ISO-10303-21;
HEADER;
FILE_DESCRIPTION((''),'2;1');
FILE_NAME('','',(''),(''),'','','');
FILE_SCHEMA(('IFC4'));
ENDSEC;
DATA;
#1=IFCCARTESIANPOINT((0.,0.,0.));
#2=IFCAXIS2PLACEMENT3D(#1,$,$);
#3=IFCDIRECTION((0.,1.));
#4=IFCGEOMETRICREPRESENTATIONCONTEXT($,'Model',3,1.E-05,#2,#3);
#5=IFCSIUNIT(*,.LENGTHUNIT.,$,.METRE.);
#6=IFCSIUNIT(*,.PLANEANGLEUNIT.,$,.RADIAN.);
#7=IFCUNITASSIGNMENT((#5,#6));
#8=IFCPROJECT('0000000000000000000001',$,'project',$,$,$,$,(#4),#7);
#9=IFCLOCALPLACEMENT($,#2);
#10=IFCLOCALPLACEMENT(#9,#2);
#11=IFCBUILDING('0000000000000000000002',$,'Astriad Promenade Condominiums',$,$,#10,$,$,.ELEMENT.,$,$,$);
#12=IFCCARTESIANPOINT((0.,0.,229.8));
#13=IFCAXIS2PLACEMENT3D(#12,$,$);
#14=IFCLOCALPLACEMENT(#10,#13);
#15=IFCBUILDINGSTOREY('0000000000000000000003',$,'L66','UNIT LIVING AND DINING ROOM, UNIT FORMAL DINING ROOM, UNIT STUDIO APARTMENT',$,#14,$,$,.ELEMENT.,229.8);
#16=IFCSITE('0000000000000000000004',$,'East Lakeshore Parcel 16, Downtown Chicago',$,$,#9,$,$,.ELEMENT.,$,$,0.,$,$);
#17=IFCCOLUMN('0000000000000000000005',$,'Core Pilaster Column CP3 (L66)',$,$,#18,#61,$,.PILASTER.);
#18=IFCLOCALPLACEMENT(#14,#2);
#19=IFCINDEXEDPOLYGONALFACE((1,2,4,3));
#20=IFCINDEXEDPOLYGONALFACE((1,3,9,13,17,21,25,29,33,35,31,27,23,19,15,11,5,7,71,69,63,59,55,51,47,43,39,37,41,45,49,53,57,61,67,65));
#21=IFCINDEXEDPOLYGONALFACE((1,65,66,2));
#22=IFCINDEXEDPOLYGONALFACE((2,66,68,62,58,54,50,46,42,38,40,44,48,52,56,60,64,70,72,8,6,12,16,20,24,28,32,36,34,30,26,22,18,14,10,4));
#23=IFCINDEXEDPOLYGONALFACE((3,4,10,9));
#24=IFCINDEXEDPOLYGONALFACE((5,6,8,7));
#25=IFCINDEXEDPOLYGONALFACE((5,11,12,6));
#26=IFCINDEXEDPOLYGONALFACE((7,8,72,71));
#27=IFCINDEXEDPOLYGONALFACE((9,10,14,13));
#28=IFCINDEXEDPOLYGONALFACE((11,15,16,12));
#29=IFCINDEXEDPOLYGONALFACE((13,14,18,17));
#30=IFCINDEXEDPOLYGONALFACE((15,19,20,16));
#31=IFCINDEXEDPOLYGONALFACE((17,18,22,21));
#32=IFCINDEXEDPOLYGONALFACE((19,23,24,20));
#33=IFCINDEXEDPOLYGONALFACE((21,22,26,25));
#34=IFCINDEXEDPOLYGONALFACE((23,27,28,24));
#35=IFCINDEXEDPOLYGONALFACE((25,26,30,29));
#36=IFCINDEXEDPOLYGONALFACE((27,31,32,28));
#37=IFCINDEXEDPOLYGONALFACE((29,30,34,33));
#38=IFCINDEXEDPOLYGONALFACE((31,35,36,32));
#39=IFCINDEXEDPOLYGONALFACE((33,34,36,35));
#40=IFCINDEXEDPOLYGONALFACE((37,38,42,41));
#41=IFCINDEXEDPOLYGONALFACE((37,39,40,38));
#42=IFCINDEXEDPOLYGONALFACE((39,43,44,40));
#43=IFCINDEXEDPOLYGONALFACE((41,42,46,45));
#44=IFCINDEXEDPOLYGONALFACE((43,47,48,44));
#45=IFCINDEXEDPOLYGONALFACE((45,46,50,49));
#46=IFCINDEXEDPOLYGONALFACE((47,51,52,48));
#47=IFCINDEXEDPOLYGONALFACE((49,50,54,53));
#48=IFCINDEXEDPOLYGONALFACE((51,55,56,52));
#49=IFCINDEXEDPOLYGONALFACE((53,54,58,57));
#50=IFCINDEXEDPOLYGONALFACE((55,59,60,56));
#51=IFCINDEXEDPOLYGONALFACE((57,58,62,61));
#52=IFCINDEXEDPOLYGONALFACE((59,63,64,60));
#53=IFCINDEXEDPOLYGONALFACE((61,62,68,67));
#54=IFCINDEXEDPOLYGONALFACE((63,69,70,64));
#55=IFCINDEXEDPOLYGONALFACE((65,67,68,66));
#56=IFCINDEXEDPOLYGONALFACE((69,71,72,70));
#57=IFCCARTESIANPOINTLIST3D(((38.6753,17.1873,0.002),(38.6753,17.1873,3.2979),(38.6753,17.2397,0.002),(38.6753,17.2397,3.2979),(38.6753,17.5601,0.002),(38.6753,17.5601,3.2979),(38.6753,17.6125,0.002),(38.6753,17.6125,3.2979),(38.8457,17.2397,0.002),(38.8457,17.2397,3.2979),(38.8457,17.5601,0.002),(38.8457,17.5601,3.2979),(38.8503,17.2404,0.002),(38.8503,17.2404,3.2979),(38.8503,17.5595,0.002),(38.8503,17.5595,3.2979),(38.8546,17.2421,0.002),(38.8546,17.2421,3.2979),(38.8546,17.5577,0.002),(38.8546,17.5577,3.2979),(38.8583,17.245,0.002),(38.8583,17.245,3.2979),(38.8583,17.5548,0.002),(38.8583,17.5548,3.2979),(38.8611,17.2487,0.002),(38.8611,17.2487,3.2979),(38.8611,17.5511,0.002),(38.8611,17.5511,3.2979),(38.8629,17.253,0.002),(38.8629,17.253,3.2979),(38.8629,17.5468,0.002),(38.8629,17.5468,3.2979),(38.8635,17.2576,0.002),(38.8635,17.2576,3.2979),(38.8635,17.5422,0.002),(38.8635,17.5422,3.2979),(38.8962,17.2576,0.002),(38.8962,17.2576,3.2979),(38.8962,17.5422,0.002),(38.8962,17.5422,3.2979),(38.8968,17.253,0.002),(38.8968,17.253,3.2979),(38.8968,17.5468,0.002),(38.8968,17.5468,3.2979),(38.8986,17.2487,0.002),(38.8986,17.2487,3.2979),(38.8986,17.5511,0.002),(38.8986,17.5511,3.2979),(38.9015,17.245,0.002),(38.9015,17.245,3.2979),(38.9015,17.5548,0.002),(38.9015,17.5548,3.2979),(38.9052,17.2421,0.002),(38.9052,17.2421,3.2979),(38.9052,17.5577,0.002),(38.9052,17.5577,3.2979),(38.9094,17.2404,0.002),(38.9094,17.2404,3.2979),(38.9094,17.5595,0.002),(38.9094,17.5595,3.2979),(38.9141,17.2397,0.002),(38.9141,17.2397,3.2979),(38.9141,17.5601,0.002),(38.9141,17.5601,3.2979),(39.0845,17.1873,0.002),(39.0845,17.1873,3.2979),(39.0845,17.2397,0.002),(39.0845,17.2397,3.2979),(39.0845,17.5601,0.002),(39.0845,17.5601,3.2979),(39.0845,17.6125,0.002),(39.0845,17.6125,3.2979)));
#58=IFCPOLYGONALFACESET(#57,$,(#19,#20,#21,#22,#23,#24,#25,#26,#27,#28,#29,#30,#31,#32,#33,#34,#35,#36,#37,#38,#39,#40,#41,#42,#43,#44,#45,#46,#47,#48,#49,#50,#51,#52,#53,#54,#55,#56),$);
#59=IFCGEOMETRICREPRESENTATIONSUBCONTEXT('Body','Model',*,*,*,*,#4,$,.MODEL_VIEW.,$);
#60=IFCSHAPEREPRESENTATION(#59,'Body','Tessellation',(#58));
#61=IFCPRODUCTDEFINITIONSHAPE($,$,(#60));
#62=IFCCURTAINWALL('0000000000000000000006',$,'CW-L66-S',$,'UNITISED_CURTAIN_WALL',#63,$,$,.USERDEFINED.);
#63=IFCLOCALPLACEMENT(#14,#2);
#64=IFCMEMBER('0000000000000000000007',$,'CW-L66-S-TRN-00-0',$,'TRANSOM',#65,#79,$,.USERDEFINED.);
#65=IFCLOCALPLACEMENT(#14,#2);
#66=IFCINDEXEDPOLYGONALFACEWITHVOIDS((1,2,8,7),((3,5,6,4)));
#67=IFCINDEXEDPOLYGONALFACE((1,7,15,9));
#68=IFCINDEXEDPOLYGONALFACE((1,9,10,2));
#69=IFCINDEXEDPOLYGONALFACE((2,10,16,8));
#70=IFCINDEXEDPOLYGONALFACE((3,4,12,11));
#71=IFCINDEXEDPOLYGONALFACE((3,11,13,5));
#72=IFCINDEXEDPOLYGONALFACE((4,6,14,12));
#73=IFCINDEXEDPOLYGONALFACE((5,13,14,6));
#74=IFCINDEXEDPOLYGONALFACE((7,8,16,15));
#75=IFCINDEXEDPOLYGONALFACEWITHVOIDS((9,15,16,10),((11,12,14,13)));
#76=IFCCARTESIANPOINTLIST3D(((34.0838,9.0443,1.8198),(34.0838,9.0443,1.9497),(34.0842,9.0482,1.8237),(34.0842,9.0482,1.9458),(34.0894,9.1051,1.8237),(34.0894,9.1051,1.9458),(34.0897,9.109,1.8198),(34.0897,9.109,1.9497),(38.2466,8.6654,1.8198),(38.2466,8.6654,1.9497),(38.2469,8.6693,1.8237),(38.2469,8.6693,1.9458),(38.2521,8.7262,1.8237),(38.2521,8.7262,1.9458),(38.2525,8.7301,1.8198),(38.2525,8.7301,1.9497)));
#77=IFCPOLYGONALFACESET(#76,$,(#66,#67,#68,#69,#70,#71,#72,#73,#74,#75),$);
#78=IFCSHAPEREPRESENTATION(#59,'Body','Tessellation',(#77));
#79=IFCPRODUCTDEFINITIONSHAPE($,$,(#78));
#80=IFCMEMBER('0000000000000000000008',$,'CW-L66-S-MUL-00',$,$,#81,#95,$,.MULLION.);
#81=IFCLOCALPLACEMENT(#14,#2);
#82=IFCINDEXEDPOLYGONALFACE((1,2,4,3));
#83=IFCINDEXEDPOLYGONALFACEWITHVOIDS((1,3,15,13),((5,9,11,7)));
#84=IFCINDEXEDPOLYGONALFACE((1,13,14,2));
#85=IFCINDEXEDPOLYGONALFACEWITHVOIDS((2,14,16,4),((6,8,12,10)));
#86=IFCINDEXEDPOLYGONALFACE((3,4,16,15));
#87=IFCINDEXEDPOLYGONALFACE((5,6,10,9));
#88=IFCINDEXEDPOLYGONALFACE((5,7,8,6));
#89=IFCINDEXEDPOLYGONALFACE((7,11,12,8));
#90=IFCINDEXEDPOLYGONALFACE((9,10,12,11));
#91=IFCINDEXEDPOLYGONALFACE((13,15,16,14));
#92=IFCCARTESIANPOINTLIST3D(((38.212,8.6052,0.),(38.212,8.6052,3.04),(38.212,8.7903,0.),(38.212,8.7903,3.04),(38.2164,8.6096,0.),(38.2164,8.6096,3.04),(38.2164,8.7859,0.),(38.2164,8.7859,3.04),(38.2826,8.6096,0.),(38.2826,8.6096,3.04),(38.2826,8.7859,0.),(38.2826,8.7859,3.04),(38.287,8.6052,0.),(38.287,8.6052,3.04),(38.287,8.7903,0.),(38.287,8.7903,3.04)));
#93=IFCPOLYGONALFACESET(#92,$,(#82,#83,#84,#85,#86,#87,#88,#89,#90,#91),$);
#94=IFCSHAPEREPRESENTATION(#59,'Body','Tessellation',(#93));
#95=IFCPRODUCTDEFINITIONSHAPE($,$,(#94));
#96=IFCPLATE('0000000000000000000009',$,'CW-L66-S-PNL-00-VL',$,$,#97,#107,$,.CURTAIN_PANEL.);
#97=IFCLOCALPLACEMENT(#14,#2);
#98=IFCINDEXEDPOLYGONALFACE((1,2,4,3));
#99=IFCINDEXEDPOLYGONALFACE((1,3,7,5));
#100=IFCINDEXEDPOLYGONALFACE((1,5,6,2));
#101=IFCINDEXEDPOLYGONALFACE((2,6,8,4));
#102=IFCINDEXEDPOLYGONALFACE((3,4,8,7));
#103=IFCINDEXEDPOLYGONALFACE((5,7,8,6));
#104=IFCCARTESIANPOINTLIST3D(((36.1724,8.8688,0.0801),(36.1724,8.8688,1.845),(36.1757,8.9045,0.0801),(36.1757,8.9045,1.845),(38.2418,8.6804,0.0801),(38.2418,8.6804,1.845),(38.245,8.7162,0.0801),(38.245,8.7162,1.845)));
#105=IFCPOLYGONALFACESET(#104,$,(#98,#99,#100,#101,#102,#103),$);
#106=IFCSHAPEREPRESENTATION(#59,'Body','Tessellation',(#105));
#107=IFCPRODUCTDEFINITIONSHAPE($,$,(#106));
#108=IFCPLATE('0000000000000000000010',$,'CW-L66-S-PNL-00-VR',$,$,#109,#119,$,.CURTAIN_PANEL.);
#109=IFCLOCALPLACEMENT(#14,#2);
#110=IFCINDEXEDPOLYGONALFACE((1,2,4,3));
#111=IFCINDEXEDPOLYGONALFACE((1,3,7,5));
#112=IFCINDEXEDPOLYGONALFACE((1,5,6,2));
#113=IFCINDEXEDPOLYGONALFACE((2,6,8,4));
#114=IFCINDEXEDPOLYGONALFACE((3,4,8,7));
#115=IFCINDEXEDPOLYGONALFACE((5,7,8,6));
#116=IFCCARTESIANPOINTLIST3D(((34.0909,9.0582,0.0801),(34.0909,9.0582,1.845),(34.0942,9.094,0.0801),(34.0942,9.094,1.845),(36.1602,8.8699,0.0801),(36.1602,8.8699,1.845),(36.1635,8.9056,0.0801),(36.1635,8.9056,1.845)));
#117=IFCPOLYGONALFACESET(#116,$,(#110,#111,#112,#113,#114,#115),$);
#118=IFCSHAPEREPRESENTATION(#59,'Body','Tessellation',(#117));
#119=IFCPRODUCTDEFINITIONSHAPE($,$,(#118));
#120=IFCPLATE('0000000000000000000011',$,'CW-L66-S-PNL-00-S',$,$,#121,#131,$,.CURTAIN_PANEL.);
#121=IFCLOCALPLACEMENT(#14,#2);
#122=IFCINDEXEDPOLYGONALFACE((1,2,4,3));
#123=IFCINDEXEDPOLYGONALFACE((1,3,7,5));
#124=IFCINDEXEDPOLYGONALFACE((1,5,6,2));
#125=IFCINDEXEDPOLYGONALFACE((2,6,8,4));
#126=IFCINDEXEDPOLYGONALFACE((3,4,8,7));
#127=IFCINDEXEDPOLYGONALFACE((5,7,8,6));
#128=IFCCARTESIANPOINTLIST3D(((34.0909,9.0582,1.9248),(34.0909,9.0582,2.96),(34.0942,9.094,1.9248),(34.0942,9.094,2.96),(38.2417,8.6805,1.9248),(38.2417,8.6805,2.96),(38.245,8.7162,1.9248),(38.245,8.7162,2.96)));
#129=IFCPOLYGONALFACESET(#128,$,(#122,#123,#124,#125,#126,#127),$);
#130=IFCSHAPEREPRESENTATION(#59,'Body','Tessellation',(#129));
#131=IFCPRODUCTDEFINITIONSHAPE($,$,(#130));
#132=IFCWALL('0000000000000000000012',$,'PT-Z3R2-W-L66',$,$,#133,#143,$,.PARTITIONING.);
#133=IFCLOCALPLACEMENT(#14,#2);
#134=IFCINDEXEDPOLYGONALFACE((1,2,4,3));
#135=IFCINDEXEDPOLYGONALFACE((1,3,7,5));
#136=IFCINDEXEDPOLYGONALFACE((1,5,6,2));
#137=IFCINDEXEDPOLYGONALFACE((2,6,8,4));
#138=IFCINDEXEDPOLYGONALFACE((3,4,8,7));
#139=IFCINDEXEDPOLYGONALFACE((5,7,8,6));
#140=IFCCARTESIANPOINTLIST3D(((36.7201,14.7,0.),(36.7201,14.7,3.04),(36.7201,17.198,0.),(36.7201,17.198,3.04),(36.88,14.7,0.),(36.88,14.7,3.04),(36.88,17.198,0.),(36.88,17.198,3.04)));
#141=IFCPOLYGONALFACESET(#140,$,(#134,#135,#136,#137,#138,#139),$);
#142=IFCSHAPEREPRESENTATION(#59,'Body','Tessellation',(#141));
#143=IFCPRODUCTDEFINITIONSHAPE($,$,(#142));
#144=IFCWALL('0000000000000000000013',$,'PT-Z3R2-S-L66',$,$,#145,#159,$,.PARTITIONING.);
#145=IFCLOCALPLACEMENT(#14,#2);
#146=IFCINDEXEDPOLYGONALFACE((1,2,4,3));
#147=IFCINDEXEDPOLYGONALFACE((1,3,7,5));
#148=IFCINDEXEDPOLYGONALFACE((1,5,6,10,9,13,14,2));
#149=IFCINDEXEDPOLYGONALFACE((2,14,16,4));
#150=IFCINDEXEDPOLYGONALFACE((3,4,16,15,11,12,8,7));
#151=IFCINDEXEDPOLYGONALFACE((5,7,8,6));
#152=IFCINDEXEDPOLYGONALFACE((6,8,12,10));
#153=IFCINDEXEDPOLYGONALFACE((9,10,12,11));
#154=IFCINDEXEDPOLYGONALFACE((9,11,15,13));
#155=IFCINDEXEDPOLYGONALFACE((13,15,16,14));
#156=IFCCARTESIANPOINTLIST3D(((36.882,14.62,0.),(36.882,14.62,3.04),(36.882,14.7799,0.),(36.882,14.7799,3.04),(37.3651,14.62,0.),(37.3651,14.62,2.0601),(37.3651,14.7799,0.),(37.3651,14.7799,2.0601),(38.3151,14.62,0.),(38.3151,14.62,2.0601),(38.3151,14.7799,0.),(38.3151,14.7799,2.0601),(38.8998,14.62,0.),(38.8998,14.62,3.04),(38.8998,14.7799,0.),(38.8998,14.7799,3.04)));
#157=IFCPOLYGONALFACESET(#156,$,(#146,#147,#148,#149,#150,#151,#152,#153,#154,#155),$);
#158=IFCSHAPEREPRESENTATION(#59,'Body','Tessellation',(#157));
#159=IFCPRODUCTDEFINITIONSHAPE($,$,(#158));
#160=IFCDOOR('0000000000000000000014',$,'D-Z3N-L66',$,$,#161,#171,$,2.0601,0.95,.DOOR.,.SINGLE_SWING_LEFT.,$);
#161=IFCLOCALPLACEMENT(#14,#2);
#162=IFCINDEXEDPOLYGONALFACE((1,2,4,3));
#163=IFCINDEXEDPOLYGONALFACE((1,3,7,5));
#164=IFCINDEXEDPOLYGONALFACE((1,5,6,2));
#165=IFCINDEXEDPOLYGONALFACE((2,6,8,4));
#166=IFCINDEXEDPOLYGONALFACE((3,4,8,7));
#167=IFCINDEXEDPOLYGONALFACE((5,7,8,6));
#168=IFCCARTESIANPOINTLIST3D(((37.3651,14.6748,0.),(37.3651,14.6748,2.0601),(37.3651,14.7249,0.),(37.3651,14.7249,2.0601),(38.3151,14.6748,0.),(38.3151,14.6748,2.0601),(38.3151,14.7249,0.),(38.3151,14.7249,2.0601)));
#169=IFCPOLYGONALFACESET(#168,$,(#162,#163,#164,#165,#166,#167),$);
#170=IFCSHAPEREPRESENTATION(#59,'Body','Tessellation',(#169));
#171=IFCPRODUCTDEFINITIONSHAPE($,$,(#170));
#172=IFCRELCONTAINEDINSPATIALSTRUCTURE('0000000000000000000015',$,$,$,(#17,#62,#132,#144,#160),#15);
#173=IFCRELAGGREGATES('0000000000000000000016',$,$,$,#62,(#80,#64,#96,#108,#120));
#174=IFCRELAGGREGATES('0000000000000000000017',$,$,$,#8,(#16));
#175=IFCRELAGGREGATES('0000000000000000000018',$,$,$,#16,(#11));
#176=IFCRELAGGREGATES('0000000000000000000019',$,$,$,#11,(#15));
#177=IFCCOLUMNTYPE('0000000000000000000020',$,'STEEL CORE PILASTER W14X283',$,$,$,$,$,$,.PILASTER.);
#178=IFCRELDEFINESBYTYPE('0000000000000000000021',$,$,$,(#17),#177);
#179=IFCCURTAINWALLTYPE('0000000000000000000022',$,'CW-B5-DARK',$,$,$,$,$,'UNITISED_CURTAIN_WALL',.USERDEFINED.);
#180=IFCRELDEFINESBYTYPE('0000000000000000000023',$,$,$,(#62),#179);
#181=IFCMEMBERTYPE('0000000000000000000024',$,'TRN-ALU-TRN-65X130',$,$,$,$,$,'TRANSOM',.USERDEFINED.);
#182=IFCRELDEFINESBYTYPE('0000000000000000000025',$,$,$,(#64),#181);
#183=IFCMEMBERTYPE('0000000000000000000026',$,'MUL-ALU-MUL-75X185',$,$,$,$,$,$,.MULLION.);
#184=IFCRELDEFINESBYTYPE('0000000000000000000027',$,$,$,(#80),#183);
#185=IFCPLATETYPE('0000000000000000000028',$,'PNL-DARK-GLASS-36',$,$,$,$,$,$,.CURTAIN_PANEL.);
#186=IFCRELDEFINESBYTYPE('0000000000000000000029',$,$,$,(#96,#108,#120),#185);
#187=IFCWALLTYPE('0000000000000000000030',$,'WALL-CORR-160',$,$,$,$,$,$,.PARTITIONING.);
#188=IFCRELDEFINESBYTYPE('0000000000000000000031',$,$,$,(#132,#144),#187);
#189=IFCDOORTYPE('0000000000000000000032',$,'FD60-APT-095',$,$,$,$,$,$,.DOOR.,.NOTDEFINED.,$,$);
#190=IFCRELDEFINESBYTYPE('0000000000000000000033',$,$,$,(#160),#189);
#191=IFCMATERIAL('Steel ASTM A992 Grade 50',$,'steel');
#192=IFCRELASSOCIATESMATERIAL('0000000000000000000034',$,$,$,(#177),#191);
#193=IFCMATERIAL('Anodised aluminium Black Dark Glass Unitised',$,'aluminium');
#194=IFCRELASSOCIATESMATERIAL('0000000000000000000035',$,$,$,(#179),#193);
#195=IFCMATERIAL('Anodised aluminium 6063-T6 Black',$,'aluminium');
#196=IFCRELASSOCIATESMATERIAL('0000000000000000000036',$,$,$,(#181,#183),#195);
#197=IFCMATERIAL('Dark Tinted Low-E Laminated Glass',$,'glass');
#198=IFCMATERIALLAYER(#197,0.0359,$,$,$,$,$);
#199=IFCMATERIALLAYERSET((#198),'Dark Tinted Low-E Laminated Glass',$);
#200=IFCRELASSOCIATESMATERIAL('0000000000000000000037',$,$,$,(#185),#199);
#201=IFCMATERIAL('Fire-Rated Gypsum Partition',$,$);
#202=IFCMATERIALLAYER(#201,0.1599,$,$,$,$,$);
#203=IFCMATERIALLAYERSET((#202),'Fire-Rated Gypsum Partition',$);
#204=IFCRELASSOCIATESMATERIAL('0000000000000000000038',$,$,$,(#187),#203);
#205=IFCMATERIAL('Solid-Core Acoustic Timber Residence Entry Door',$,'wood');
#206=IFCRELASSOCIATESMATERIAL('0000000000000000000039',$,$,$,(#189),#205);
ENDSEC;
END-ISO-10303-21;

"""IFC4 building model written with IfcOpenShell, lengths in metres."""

from ifc_helpers import new_model, si_unit, direction, frame, frame_2d, origin, origin_2d, place, context, subcontext, project, spatial, rectangle, hollow_rectangle, i_section, extrude, source, transform, mapped, material, layer, layer_set, material_profile, profile_set, type_object, type_shapes, element, fill, aggregate, save


model = new_model("IFC4")

# Units and contexts
model_context = context("Model", 3, precision=1e-05, world=origin(), true_north=direction((0.0, 1.0)))
body_context = subcontext(model_context, "Body", "Model", "MODEL_VIEW")
ifc_project = project(units=[si_unit("LENGTHUNIT", "METRE"), si_unit("PLANEANGLEUNIT", "RADIAN")], contexts=[model_context])

# Site, building, storey
site_placement = place(None, origin())
site = spatial("IfcSite", under=ifc_project, at=site_placement, Name="East Lakeshore Parcel 16, Downtown Chicago", CompositionType="ELEMENT", RefElevation=0.0)
building_placement = place(site_placement, origin())
building = spatial("IfcBuilding", under=site, at=building_placement, Name="Astriad Promenade Condominiums", CompositionType="ELEMENT")
storey_placement = place(building_placement, frame((0.0, 0.0, 229.8)))
storey = spatial("IfcBuildingStorey", under=building, at=storey_placement, Name="L66", Description="UNIT LIVING AND DINING ROOM, UNIT FORMAL DINING ROOM, UNIT STUDIO APARTMENT", CompositionType="ELEMENT", Elevation=229.8)

# Column
ifc_material_1 = material(Name="Steel ASTM A992 Grade 50", Category="steel")
ifc_material_profile_1 = material_profile(ifc_material_1, i_section(OverallWidth=0.4092, OverallDepth=0.4253, WebThickness=0.0327, FlangeThickness=0.0525, FilletRadius=0.0178, at=origin_2d()), Name="W14X283")
ifc_profile_set_1 = profile_set([ifc_material_profile_1], Name="Steel ASTM A992 Grade 50")
column_type = type_object("IfcColumnType", Name="STEEL CORE PILASTER W14X283", PredefinedType="PILASTER", material=ifc_profile_set_1)
shared_shape_1 = source(origin(), body_context, "Body", "SweptSolid", [
    extrude(i_section(OverallWidth=0.4092, OverallDepth=0.4253, WebThickness=0.0327, FlangeThickness=0.0525, FilletRadius=0.0178, at=origin_2d()), origin(), (0.0, 0.0, 1.0), 3.2959),
])
type_shapes(column_type, [shared_shape_1])
column_placement = place(storey_placement, frame((38.8799, 17.3999, 0.002), z_axis=(0.0, 0.0, 1.0), x_axis=(1.0, 0.0, 0.0)))
element("IfcColumn", 1, at=column_placement, inside=storey, type_object=column_type, Name="Core Pilaster Column CP3 (L66)", PredefinedType="PILASTER", context=body_context, shape_type="MappedRepresentation", body=[
    mapped(shared_shape_1, transform((0.0, 0.0, 0.0), scale=1.0)),
])

# Curtain wall, members, plates
ifc_material_2 = material(Name="Anodised aluminium Black Dark Glass Unitised", Category="aluminium")
curtain_wall_type = type_object("IfcCurtainWallType", Name="CW-B5-DARK", ElementType="UNITISED_CURTAIN_WALL", PredefinedType="USERDEFINED", material=ifc_material_2)
curtain_wall_placement = place(storey_placement, origin())
curtain_wall = element("IfcCurtainWall", 2, at=curtain_wall_placement, inside=storey, type_object=curtain_wall_type, Name="CW-L66-S", ObjectType="UNITISED_CURTAIN_WALL", PredefinedType="USERDEFINED")
ifc_material_3 = material(Name="Anodised aluminium 6063-T6 Black", Category="aluminium")
ifc_material_profile_2 = material_profile(ifc_material_3, hollow_rectangle(XDim=0.0649, YDim=0.1299, WallThickness=0.0039, at=origin_2d()), Name="ALU-TRN-65X130")
ifc_profile_set_2 = profile_set([ifc_material_profile_2], Name="Anodised aluminium 6063-T6 Black")
member_type_1 = type_object("IfcMemberType", Name="TRN-ALU-TRN-65X130", ElementType="TRANSOM", PredefinedType="USERDEFINED", material=ifc_profile_set_2)
shared_shape_2 = source(origin(), body_context, "Body", "SweptSolid", [
    extrude(hollow_rectangle(XDim=0.0649, YDim=0.1299, WallThickness=0.0039, at=origin_2d()), origin(), (0.0, 0.0, 1.0), 4.1799),
])
type_shapes(member_type_1, [shared_shape_2])
member_1_placement = place(storey_placement, frame((38.2495, 8.6978, 1.8848), z_axis=(-0.995883, 0.090646, 0.0), x_axis=(-0.090646, -0.995883, 0.0)))
member_1 = element("IfcMember", 3, at=member_1_placement, type_object=member_type_1, Name="CW-L66-S-TRN-00-0", ObjectType="TRANSOM", PredefinedType="USERDEFINED", context=body_context, shape_type="MappedRepresentation", body=[
    mapped(shared_shape_2, transform((0.0, 0.0, 0.0), scale=1.0)),
])
ifc_material_profile_3 = material_profile(ifc_material_3, hollow_rectangle(XDim=0.075, YDim=0.1851, WallThickness=0.0044, at=origin_2d()), Name="ALU-MUL-75X185")
ifc_profile_set_3 = profile_set([ifc_material_profile_3], Name="Anodised aluminium 6063-T6 Black")
member_type_2 = type_object("IfcMemberType", Name="MUL-ALU-MUL-75X185", PredefinedType="MULLION", material=ifc_profile_set_3)
shared_shape_3 = source(origin(), body_context, "Body", "SweptSolid", [
    extrude(hollow_rectangle(XDim=0.075, YDim=0.1851, WallThickness=0.0044, at=origin_2d()), origin(), (0.0, 0.0, 1.0), 3.04),
])
type_shapes(member_type_2, [shared_shape_3])
member_2_placement = place(storey_placement, frame((38.2495, 8.6978, 0.0), z_axis=(0.0, 0.0, 1.0), x_axis=(1.0, 0.0, 0.0)))
member_2 = element("IfcMember", 4, at=member_2_placement, type_object=member_type_2, Name="CW-L66-S-MUL-00", PredefinedType="MULLION", context=body_context, shape_type="MappedRepresentation", body=[
    mapped(shared_shape_3, transform((0.0, 0.0, 0.0), scale=1.0)),
])
ifc_material_4 = material(Name="Dark Tinted Low-E Laminated Glass", Category="glass")
ifc_layer_1 = layer(ifc_material_4, 0.0359)
ifc_layer_set_1 = layer_set([ifc_layer_1], Name="Dark Tinted Low-E Laminated Glass")
plate_type = type_object("IfcPlateType", Name="PNL-DARK-GLASS-36", PredefinedType="CURTAIN_PANEL", material=ifc_layer_set_1)
shared_shape_4 = source(origin(), body_context, "Body", "SweptSolid", [
    extrude(rectangle(XDim=2.0779, YDim=0.0359, at=origin_2d()), origin(), (0.0, 0.0, 1.0), 1.7649),
])
plate_1_placement = place(storey_placement, frame((37.2087, 8.7925, 0.0801), z_axis=(0.0, 0.0, 1.0), x_axis=(-0.995884, 0.090633, 0.0)))
plate_1 = element("IfcPlate", 5, at=plate_1_placement, type_object=plate_type, Name="CW-L66-S-PNL-00-VL", PredefinedType="CURTAIN_PANEL", context=body_context, shape_type="MappedRepresentation", body=[
    mapped(shared_shape_4, transform((0.0, 0.0, 0.0), scale=1.0)),
])
plate_2_placement = place(storey_placement, frame((35.1272, 8.9819, 0.0801), z_axis=(0.0, 0.0, 1.0), x_axis=(-0.995884, 0.090633, 0.0)))
plate_2 = element("IfcPlate", 6, at=plate_2_placement, type_object=plate_type, Name="CW-L66-S-PNL-00-VR", PredefinedType="CURTAIN_PANEL", context=body_context, shape_type="MappedRepresentation", body=[
    mapped(shared_shape_4, transform((0.0, 0.0, 0.0), scale=1.0)),
])
shared_shape_5 = source(origin(), body_context, "Body", "SweptSolid", [
    extrude(rectangle(XDim=4.168, YDim=0.0359, at=origin_2d()), origin(), (0.0, 0.0, 1.0), 1.0352),
])
type_shapes(plate_type, [shared_shape_4, shared_shape_5])
plate_3_placement = place(storey_placement, frame((36.168, 8.8872, 1.9248), z_axis=(0.0, 0.0, 1.0), x_axis=(-0.995884, 0.090633, 0.0)))
plate_3 = element("IfcPlate", 7, at=plate_3_placement, type_object=plate_type, Name="CW-L66-S-PNL-00-S", PredefinedType="CURTAIN_PANEL", context=body_context, shape_type="MappedRepresentation", body=[
    mapped(shared_shape_5, transform((0.0, 0.0, 0.0), scale=1.0)),
])
aggregate(curtain_wall, [member_2, member_1, plate_1, plate_2, plate_3])

# Wall
ifc_material_5 = material(Name="Fire-Rated Gypsum Partition")
ifc_layer_2 = layer(ifc_material_5, 0.1599)
ifc_layer_set_2 = layer_set([ifc_layer_2], Name="Fire-Rated Gypsum Partition")
wall_type_1 = type_object("IfcWallType", Name="WALL-CORR-160", PredefinedType="PARTITIONING", material=ifc_layer_set_2)
wall_1_placement = place(storey_placement, frame((36.8, 14.7, 0.0), z_axis=(0.0, 0.0, 1.0), x_axis=(0.0, 1.0, 0.0)))
element("IfcWall", 8, at=wall_1_placement, inside=storey, type_object=wall_type_1, Name="PT-Z3R2-W-L66", PredefinedType="PARTITIONING", context=body_context, shape_type="SweptSolid", body=[
    extrude(rectangle(XDim=2.498, YDim=0.1599, at=frame_2d((1.249, 0.0))), origin(), (0.0, 0.0, 1.0), 3.04),
])

# Wall, opening, door
wall_2_placement = place(storey_placement, frame((36.8821, 14.7, 0.0), z_axis=(0.0, 0.0, 1.0), x_axis=(1.0, 0.0, 0.0)))
wall_2 = element("IfcWall", 9, at=wall_2_placement, inside=storey, type_object=wall_type_1, Name="PT-Z3R2-S-L66", PredefinedType="PARTITIONING", context=body_context, shape_type="SweptSolid", body=[
    extrude(rectangle(XDim=2.0178, YDim=0.1599, at=frame_2d((1.0088, 0.0))), origin(), (0.0, 0.0, 1.0), 3.04),
])
opening_1_placement = place(wall_2_placement, frame((0.4829, 0.0, 0.0)))
opening_1 = element("IfcOpeningElement", 10, at=opening_1_placement, cuts=wall_2, PredefinedType="OPENING", context=body_context, shape_type="SweptSolid", body=[
    extrude(rectangle(XDim=0.95, YDim=2.0601, at=frame_2d((0.4751, 1.03))), frame((0.0, 0.0898, 0.0), z_axis=(0.0, -1.0, 0.0), x_axis=(1.0, 0.0, 0.0)), (0.0, 0.0, 1.0), 0.1799),
])
ifc_material_6 = material(Name="Solid-Core Acoustic Timber Residence Entry Door", Category="wood")
door_type_1 = type_object("IfcDoorType", Name="FD60-APT-095", OperationType="NOTDEFINED", PredefinedType="DOOR", material=ifc_material_6)
shared_shape_6 = source(origin(), body_context, "Body", "SweptSolid", [
    extrude(rectangle(XDim=0.95, YDim=2.0601, at=frame_2d((0.4751, 1.03))), frame((0.0, 0.0249, 0.0), z_axis=(0.0, -1.0, 0.0), x_axis=(1.0, 0.0, 0.0)), (0.0, 0.0, 1.0), 0.05),
])
type_shapes(door_type_1, [shared_shape_6])
door_1_placement = place(opening_1_placement, origin())
door_1 = element("IfcDoor", 11, at=door_1_placement, inside=storey, type_object=door_type_1, Name="D-Z3N-L66", OperationType="SINGLE_SWING_LEFT", OverallHeight=2.0601, OverallWidth=0.95, PredefinedType="DOOR", context=body_context, shape_type="MappedRepresentation", body=[
    mapped(shared_shape_6, transform((0.0, 0.0, 0.0), scale=1.0)),
])
fill(opening_1, door_1)

save(model, "model.ifc")
